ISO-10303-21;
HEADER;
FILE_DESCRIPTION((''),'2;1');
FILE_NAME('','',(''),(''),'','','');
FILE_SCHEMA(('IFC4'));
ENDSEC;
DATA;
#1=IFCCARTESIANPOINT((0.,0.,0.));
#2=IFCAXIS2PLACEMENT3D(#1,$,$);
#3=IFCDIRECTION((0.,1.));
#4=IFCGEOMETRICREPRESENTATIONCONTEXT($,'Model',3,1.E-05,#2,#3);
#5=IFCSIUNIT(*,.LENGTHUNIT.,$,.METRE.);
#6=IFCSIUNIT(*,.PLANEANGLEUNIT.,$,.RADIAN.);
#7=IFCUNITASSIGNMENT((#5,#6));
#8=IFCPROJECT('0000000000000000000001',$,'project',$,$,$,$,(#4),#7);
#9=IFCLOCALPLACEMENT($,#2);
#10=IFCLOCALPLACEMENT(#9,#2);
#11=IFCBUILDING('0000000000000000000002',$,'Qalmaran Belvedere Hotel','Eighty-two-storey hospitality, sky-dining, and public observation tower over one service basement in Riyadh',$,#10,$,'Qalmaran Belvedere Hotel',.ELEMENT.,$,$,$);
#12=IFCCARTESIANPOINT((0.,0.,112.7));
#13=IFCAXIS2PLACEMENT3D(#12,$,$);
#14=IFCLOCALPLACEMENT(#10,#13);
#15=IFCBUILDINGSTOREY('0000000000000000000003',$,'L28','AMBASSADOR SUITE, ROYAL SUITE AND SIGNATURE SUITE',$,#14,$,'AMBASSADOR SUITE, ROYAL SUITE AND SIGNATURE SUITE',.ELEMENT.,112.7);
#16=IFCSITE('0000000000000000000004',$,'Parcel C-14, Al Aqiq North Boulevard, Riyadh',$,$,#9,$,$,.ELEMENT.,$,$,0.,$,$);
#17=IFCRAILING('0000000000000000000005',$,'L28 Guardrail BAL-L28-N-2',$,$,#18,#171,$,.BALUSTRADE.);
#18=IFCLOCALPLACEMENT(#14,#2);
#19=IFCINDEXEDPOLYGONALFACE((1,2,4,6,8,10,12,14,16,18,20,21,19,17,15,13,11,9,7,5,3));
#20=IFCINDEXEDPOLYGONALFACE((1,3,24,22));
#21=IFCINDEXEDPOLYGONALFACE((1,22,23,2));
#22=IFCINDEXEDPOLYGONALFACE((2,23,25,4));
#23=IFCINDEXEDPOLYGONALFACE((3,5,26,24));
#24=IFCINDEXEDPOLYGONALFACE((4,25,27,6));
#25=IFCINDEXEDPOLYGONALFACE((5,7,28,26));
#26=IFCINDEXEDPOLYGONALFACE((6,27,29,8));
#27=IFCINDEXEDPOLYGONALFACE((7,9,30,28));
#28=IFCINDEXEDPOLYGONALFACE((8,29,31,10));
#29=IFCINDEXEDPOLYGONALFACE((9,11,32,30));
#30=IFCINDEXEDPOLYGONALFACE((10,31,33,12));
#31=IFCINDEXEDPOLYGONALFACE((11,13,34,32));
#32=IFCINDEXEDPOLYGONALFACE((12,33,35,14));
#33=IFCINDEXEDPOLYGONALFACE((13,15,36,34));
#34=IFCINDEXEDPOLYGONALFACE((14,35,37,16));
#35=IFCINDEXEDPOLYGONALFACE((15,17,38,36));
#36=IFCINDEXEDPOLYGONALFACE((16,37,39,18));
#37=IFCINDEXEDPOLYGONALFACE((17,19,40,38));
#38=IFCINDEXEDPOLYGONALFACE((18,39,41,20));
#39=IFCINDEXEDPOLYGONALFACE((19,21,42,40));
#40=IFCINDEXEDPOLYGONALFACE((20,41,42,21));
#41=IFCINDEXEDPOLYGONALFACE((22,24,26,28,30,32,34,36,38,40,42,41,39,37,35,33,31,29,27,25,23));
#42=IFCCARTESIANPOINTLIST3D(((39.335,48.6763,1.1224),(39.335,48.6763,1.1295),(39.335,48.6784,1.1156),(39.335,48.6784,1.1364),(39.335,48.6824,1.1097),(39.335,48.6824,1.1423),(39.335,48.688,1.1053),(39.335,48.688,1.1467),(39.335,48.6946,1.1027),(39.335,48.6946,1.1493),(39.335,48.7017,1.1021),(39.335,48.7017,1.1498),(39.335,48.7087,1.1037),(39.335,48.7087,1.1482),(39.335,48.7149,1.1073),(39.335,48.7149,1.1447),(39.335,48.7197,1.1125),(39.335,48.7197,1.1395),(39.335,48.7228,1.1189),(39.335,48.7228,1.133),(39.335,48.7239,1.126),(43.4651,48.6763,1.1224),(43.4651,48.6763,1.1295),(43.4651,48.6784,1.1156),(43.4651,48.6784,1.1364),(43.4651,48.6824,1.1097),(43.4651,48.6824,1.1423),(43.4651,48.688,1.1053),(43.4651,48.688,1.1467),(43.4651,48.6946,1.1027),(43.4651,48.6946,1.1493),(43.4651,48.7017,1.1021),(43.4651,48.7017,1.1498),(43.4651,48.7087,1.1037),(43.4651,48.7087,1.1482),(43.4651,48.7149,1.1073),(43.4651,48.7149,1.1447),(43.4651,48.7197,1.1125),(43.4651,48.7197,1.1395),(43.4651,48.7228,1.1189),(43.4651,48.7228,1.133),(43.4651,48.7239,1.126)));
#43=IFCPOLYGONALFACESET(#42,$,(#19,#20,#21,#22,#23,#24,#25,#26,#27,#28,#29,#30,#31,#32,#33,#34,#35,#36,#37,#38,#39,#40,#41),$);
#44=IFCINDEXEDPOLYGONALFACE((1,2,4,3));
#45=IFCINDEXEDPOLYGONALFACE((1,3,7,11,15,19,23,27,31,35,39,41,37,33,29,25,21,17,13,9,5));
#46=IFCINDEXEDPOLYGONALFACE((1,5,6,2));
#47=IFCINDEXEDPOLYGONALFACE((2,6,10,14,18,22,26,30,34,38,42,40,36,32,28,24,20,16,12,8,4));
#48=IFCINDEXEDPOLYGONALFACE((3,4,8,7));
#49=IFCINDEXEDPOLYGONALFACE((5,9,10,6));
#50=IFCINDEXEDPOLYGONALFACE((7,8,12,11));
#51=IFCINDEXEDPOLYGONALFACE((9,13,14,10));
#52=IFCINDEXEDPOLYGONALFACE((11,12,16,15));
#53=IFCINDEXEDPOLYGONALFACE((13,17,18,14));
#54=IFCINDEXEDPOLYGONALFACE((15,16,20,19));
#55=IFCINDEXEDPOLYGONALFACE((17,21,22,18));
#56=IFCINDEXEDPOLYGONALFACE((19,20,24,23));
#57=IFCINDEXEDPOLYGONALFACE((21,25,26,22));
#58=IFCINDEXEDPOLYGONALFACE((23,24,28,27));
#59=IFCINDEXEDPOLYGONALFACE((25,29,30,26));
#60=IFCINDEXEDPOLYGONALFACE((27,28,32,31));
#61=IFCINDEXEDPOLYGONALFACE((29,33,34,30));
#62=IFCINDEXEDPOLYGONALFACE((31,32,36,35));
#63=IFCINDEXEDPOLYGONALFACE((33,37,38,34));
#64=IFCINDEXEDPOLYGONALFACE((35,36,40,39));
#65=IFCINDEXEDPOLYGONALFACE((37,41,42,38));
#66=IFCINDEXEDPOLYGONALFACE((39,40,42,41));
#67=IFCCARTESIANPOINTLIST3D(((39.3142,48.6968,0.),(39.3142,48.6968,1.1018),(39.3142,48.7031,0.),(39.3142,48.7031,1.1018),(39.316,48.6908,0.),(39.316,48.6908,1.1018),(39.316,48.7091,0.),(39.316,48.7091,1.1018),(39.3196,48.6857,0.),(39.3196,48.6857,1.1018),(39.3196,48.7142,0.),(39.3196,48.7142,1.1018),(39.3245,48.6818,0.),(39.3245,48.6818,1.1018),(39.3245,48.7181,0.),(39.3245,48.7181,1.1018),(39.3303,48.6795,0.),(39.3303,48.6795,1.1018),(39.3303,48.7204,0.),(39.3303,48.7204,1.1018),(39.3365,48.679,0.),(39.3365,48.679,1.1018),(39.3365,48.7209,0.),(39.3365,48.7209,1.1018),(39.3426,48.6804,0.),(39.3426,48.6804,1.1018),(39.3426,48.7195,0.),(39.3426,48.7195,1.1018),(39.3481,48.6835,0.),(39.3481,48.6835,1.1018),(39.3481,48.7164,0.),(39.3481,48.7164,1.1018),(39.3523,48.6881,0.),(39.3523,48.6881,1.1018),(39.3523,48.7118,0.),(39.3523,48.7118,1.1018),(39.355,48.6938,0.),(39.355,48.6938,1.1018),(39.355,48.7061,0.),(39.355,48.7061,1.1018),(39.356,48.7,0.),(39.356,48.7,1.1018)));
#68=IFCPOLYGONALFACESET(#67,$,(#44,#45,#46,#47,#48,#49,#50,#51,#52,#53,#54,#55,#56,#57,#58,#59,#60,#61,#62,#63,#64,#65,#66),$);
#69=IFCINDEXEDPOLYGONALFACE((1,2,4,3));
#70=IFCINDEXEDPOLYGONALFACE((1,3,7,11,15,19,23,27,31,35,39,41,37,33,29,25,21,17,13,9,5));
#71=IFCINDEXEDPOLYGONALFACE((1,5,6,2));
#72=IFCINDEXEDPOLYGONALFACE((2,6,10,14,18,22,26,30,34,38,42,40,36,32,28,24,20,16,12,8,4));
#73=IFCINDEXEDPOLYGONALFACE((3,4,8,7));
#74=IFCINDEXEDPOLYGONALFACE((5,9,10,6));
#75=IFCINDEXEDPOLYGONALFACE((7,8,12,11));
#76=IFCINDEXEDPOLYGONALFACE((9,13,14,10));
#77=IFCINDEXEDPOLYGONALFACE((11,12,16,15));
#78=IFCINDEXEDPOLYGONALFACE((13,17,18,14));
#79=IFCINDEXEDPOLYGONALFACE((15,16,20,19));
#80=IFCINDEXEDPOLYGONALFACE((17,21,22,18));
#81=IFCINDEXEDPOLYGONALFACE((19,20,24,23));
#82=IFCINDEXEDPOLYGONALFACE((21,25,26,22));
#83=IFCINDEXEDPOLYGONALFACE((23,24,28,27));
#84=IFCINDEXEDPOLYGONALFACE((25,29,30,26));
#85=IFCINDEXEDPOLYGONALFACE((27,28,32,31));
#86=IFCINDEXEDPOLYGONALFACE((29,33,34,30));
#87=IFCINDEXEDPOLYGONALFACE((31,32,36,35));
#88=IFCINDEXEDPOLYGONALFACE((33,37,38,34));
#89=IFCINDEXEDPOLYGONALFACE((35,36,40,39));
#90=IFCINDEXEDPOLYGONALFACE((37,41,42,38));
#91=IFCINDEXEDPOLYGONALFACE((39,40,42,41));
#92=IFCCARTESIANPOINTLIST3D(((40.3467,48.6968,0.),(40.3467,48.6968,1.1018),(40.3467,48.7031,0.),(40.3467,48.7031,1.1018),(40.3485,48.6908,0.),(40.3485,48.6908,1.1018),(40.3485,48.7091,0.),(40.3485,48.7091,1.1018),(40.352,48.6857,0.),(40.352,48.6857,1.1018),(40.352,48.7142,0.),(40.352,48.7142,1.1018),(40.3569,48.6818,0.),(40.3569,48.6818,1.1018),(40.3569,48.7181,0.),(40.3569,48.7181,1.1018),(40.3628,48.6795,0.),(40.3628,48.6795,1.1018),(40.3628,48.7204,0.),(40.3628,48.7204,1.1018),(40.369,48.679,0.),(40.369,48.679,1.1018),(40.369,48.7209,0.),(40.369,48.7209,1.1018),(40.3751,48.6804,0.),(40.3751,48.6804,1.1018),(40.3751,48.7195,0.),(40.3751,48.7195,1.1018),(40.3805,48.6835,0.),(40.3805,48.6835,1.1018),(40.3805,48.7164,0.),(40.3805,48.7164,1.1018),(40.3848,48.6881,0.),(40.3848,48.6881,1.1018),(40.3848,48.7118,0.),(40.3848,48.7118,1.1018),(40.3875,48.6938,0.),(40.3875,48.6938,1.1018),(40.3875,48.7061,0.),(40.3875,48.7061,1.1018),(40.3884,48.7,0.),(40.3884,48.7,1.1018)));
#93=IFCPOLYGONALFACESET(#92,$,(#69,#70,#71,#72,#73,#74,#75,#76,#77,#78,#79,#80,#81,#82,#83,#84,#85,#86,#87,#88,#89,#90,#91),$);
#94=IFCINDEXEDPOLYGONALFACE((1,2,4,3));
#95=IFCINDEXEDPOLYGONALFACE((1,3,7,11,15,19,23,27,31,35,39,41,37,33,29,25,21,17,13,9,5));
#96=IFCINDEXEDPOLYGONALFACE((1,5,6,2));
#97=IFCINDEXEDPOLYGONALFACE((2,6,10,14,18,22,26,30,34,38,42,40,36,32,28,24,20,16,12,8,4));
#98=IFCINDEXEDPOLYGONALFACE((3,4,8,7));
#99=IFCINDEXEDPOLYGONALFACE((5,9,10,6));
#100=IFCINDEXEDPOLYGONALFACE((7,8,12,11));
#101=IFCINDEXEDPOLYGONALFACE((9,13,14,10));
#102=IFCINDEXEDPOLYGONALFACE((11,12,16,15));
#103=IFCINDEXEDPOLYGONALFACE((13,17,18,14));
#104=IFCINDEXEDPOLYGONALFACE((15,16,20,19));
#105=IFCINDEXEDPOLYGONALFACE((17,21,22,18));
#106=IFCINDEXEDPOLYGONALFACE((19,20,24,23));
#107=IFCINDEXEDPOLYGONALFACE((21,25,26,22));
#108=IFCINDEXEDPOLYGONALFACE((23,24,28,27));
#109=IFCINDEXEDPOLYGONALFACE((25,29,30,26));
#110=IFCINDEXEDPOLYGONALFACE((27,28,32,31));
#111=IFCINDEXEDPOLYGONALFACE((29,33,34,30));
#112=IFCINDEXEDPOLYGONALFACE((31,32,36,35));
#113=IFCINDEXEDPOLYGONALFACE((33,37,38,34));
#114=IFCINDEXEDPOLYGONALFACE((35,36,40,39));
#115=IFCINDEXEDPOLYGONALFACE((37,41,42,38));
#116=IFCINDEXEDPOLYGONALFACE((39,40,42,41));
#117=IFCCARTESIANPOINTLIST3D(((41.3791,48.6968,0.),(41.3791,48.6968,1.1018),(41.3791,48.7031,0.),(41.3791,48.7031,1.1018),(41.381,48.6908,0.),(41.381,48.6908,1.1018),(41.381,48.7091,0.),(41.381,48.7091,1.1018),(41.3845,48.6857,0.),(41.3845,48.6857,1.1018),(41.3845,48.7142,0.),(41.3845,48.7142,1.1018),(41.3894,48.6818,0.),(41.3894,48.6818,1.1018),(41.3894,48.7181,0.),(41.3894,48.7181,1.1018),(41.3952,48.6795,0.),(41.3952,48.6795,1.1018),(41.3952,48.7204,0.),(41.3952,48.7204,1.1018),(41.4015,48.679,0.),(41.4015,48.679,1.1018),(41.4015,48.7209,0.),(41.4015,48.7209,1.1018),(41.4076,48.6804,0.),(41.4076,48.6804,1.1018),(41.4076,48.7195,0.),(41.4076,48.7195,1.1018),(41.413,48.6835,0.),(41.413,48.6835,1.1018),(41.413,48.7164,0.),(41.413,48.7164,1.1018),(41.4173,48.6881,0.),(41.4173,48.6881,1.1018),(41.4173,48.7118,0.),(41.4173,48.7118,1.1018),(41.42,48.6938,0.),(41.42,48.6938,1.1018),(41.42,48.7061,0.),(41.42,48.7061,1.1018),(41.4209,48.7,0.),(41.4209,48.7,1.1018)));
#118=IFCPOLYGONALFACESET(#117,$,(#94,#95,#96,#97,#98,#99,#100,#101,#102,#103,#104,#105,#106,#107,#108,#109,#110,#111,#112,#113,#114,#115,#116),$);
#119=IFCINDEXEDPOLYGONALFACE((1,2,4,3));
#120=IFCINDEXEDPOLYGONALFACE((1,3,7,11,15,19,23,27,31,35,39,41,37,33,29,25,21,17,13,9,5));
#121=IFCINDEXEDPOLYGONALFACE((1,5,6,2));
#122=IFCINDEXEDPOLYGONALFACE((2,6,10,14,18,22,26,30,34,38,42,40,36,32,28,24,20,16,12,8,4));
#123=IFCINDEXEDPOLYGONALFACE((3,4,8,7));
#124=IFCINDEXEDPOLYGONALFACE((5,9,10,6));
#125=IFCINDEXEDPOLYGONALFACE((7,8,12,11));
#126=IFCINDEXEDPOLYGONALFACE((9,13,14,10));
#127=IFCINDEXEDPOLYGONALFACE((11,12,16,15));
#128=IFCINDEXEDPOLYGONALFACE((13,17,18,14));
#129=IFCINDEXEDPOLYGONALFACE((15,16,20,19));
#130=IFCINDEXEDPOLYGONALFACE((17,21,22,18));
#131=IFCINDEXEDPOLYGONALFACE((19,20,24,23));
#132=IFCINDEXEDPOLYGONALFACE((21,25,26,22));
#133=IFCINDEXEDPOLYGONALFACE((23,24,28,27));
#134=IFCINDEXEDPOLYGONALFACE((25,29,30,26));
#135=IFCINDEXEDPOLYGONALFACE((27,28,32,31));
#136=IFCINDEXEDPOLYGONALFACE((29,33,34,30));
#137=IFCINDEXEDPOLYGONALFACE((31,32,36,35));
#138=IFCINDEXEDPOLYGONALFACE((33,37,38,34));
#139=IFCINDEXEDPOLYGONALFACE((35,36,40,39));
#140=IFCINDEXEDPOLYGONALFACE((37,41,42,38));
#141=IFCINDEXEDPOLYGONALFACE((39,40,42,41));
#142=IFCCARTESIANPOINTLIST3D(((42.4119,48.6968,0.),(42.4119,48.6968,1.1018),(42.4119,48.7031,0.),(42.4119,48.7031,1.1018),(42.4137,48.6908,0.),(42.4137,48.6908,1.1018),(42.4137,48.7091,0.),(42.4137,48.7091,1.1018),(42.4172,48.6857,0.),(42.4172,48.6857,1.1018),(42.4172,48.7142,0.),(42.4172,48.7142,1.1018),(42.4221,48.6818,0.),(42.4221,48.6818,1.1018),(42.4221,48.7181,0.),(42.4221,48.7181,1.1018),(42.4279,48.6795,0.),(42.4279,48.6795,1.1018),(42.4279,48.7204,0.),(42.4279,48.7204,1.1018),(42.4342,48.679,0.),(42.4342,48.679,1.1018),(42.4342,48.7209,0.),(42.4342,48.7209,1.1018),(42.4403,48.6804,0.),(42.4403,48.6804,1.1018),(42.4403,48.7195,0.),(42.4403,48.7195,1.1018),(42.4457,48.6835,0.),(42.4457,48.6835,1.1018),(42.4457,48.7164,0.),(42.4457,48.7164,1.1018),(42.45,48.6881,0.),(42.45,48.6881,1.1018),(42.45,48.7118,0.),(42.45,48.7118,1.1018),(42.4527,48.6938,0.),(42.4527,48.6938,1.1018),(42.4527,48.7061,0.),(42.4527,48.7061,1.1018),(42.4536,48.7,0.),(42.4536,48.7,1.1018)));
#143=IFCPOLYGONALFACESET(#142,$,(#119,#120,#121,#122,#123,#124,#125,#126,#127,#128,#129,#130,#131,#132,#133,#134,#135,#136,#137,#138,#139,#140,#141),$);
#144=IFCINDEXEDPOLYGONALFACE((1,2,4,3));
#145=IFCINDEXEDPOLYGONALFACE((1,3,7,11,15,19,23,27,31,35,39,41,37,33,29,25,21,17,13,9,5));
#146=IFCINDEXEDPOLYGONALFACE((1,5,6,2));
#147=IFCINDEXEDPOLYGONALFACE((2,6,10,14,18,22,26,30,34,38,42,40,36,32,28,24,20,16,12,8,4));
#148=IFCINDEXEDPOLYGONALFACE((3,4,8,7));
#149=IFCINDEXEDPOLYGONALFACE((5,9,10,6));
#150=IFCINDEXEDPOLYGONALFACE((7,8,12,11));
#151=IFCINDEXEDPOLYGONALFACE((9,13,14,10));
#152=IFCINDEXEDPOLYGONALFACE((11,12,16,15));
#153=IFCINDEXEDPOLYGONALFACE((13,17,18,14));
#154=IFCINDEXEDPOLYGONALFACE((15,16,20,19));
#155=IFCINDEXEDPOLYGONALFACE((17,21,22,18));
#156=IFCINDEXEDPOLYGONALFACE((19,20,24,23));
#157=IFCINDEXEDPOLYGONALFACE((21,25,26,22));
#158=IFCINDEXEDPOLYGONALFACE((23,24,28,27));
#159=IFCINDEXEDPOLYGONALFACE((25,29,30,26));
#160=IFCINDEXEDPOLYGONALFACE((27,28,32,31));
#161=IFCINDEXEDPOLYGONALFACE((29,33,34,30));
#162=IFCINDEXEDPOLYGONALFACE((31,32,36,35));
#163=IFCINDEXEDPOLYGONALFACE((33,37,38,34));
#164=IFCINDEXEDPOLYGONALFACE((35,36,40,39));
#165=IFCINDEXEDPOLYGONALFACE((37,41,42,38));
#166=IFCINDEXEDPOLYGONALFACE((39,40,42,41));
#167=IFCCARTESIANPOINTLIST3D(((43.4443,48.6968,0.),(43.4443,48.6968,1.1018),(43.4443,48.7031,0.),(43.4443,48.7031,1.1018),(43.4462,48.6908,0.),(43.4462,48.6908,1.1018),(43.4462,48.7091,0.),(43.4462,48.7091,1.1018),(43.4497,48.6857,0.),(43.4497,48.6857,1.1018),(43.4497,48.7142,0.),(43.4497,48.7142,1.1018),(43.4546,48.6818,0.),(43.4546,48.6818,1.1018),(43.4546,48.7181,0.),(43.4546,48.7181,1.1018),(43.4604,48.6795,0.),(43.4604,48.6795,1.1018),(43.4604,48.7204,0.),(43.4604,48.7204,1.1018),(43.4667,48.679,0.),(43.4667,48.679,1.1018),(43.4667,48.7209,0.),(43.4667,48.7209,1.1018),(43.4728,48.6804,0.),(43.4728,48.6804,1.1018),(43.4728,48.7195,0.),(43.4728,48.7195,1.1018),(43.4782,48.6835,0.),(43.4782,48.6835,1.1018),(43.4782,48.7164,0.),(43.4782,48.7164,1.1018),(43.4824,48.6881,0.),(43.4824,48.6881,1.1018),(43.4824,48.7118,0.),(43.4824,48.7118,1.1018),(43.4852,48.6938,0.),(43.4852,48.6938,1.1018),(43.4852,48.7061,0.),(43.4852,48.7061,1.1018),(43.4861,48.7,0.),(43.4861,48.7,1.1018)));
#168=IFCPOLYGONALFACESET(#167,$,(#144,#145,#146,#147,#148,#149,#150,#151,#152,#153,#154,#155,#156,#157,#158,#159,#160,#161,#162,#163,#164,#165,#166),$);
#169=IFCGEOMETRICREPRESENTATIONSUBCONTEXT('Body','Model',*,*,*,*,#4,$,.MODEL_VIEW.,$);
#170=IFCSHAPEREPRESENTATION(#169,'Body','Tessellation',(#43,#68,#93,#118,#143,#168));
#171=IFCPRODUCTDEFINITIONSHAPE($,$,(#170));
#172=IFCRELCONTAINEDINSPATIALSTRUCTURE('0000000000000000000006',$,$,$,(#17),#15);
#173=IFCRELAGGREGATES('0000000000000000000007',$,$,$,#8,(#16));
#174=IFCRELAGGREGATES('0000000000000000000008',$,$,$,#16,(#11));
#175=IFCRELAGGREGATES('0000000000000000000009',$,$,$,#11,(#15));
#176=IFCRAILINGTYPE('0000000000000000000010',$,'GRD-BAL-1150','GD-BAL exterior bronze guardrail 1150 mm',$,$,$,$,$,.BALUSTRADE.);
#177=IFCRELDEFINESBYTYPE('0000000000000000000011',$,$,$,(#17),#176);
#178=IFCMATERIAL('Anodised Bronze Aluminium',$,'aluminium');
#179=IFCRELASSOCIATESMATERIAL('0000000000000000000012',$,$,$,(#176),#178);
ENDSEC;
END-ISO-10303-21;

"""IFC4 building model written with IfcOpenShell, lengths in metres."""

from ifc_helpers import new_model, si_unit, direction, frame, origin, origin_2d, place, context, subcontext, project, spatial, circle, extrude, material, type_object, element, save


model = new_model("IFC4")

# Units and contexts
model_context = context("Model", 3, precision=1e-05, world=origin(), true_north=direction((0.0, 1.0)))
body_context = subcontext(model_context, "Body", "Model", "MODEL_VIEW")
ifc_project = project(units=[si_unit("LENGTHUNIT", "METRE"), si_unit("PLANEANGLEUNIT", "RADIAN")], contexts=[model_context])

# Site, building, storey
site_placement = place(None, origin())
site = spatial("IfcSite", under=ifc_project, at=site_placement, Name="Parcel C-14, Al Aqiq North Boulevard, Riyadh", CompositionType="ELEMENT", RefElevation=0.0)
building_placement = place(site_placement, origin())
building = spatial("IfcBuilding", under=site, at=building_placement, Name="Qalmaran Belvedere Hotel", Description="Eighty-two-storey hospitality, sky-dining, and public observation tower over one service basement in Riyadh", LongName="Qalmaran Belvedere Hotel", CompositionType="ELEMENT")
storey_placement = place(building_placement, frame((0.0, 0.0, 112.7)))
storey = spatial("IfcBuildingStorey", under=building, at=storey_placement, Name="L28", Description="AMBASSADOR SUITE, ROYAL SUITE AND SIGNATURE SUITE", LongName="AMBASSADOR SUITE, ROYAL SUITE AND SIGNATURE SUITE", CompositionType="ELEMENT", Elevation=112.7)

# Shared definitions
ifc_material_1 = material(Name="Anodised Bronze Aluminium", Category="aluminium")

# Railing
railing_type = type_object("IfcRailingType", Name="GRD-BAL-1150", Description="GD-BAL exterior bronze guardrail 1150 mm", PredefinedType="BALUSTRADE", material=ifc_material_1)
railing_1_placement = place(storey_placement, frame((39.335, 48.7, 0.0)))
element("IfcRailing", 1, at=railing_1_placement, inside=storey, type_object=railing_type, Name="L28 Guardrail BAL-L28-N-2", PredefinedType="BALUSTRADE", context=body_context, shape_type="SweptSolid", body=[
    extrude(circle(Radius=0.0239, at=origin_2d()), frame((0.0, 0.0, 1.126), z_axis=(1.0, 0.0, 0.0), x_axis=(0.0, 1.0, 0.0)), (0.0, 0.0, 1.0), 4.1301),
    extrude(circle(Radius=0.021, at=origin_2d()), origin(), (0.0, 0.0, 1.0), 1.1018),
    extrude(circle(Radius=0.021, at=origin_2d()), frame((1.0325, 0.0, 0.0)), (0.0, 0.0, 1.0), 1.1018),
    extrude(circle(Radius=0.021, at=origin_2d()), frame((2.0649, 0.0, 0.0)), (0.0, 0.0, 1.0), 1.1018),
    extrude(circle(Radius=0.021, at=origin_2d()), frame((3.0977, 0.0, 0.0)), (0.0, 0.0, 1.0), 1.1018),
    extrude(circle(Radius=0.021, at=origin_2d()), frame((4.1301, 0.0, 0.0)), (0.0, 0.0, 1.0), 1.1018),
])

save(model, "model.ifc")
